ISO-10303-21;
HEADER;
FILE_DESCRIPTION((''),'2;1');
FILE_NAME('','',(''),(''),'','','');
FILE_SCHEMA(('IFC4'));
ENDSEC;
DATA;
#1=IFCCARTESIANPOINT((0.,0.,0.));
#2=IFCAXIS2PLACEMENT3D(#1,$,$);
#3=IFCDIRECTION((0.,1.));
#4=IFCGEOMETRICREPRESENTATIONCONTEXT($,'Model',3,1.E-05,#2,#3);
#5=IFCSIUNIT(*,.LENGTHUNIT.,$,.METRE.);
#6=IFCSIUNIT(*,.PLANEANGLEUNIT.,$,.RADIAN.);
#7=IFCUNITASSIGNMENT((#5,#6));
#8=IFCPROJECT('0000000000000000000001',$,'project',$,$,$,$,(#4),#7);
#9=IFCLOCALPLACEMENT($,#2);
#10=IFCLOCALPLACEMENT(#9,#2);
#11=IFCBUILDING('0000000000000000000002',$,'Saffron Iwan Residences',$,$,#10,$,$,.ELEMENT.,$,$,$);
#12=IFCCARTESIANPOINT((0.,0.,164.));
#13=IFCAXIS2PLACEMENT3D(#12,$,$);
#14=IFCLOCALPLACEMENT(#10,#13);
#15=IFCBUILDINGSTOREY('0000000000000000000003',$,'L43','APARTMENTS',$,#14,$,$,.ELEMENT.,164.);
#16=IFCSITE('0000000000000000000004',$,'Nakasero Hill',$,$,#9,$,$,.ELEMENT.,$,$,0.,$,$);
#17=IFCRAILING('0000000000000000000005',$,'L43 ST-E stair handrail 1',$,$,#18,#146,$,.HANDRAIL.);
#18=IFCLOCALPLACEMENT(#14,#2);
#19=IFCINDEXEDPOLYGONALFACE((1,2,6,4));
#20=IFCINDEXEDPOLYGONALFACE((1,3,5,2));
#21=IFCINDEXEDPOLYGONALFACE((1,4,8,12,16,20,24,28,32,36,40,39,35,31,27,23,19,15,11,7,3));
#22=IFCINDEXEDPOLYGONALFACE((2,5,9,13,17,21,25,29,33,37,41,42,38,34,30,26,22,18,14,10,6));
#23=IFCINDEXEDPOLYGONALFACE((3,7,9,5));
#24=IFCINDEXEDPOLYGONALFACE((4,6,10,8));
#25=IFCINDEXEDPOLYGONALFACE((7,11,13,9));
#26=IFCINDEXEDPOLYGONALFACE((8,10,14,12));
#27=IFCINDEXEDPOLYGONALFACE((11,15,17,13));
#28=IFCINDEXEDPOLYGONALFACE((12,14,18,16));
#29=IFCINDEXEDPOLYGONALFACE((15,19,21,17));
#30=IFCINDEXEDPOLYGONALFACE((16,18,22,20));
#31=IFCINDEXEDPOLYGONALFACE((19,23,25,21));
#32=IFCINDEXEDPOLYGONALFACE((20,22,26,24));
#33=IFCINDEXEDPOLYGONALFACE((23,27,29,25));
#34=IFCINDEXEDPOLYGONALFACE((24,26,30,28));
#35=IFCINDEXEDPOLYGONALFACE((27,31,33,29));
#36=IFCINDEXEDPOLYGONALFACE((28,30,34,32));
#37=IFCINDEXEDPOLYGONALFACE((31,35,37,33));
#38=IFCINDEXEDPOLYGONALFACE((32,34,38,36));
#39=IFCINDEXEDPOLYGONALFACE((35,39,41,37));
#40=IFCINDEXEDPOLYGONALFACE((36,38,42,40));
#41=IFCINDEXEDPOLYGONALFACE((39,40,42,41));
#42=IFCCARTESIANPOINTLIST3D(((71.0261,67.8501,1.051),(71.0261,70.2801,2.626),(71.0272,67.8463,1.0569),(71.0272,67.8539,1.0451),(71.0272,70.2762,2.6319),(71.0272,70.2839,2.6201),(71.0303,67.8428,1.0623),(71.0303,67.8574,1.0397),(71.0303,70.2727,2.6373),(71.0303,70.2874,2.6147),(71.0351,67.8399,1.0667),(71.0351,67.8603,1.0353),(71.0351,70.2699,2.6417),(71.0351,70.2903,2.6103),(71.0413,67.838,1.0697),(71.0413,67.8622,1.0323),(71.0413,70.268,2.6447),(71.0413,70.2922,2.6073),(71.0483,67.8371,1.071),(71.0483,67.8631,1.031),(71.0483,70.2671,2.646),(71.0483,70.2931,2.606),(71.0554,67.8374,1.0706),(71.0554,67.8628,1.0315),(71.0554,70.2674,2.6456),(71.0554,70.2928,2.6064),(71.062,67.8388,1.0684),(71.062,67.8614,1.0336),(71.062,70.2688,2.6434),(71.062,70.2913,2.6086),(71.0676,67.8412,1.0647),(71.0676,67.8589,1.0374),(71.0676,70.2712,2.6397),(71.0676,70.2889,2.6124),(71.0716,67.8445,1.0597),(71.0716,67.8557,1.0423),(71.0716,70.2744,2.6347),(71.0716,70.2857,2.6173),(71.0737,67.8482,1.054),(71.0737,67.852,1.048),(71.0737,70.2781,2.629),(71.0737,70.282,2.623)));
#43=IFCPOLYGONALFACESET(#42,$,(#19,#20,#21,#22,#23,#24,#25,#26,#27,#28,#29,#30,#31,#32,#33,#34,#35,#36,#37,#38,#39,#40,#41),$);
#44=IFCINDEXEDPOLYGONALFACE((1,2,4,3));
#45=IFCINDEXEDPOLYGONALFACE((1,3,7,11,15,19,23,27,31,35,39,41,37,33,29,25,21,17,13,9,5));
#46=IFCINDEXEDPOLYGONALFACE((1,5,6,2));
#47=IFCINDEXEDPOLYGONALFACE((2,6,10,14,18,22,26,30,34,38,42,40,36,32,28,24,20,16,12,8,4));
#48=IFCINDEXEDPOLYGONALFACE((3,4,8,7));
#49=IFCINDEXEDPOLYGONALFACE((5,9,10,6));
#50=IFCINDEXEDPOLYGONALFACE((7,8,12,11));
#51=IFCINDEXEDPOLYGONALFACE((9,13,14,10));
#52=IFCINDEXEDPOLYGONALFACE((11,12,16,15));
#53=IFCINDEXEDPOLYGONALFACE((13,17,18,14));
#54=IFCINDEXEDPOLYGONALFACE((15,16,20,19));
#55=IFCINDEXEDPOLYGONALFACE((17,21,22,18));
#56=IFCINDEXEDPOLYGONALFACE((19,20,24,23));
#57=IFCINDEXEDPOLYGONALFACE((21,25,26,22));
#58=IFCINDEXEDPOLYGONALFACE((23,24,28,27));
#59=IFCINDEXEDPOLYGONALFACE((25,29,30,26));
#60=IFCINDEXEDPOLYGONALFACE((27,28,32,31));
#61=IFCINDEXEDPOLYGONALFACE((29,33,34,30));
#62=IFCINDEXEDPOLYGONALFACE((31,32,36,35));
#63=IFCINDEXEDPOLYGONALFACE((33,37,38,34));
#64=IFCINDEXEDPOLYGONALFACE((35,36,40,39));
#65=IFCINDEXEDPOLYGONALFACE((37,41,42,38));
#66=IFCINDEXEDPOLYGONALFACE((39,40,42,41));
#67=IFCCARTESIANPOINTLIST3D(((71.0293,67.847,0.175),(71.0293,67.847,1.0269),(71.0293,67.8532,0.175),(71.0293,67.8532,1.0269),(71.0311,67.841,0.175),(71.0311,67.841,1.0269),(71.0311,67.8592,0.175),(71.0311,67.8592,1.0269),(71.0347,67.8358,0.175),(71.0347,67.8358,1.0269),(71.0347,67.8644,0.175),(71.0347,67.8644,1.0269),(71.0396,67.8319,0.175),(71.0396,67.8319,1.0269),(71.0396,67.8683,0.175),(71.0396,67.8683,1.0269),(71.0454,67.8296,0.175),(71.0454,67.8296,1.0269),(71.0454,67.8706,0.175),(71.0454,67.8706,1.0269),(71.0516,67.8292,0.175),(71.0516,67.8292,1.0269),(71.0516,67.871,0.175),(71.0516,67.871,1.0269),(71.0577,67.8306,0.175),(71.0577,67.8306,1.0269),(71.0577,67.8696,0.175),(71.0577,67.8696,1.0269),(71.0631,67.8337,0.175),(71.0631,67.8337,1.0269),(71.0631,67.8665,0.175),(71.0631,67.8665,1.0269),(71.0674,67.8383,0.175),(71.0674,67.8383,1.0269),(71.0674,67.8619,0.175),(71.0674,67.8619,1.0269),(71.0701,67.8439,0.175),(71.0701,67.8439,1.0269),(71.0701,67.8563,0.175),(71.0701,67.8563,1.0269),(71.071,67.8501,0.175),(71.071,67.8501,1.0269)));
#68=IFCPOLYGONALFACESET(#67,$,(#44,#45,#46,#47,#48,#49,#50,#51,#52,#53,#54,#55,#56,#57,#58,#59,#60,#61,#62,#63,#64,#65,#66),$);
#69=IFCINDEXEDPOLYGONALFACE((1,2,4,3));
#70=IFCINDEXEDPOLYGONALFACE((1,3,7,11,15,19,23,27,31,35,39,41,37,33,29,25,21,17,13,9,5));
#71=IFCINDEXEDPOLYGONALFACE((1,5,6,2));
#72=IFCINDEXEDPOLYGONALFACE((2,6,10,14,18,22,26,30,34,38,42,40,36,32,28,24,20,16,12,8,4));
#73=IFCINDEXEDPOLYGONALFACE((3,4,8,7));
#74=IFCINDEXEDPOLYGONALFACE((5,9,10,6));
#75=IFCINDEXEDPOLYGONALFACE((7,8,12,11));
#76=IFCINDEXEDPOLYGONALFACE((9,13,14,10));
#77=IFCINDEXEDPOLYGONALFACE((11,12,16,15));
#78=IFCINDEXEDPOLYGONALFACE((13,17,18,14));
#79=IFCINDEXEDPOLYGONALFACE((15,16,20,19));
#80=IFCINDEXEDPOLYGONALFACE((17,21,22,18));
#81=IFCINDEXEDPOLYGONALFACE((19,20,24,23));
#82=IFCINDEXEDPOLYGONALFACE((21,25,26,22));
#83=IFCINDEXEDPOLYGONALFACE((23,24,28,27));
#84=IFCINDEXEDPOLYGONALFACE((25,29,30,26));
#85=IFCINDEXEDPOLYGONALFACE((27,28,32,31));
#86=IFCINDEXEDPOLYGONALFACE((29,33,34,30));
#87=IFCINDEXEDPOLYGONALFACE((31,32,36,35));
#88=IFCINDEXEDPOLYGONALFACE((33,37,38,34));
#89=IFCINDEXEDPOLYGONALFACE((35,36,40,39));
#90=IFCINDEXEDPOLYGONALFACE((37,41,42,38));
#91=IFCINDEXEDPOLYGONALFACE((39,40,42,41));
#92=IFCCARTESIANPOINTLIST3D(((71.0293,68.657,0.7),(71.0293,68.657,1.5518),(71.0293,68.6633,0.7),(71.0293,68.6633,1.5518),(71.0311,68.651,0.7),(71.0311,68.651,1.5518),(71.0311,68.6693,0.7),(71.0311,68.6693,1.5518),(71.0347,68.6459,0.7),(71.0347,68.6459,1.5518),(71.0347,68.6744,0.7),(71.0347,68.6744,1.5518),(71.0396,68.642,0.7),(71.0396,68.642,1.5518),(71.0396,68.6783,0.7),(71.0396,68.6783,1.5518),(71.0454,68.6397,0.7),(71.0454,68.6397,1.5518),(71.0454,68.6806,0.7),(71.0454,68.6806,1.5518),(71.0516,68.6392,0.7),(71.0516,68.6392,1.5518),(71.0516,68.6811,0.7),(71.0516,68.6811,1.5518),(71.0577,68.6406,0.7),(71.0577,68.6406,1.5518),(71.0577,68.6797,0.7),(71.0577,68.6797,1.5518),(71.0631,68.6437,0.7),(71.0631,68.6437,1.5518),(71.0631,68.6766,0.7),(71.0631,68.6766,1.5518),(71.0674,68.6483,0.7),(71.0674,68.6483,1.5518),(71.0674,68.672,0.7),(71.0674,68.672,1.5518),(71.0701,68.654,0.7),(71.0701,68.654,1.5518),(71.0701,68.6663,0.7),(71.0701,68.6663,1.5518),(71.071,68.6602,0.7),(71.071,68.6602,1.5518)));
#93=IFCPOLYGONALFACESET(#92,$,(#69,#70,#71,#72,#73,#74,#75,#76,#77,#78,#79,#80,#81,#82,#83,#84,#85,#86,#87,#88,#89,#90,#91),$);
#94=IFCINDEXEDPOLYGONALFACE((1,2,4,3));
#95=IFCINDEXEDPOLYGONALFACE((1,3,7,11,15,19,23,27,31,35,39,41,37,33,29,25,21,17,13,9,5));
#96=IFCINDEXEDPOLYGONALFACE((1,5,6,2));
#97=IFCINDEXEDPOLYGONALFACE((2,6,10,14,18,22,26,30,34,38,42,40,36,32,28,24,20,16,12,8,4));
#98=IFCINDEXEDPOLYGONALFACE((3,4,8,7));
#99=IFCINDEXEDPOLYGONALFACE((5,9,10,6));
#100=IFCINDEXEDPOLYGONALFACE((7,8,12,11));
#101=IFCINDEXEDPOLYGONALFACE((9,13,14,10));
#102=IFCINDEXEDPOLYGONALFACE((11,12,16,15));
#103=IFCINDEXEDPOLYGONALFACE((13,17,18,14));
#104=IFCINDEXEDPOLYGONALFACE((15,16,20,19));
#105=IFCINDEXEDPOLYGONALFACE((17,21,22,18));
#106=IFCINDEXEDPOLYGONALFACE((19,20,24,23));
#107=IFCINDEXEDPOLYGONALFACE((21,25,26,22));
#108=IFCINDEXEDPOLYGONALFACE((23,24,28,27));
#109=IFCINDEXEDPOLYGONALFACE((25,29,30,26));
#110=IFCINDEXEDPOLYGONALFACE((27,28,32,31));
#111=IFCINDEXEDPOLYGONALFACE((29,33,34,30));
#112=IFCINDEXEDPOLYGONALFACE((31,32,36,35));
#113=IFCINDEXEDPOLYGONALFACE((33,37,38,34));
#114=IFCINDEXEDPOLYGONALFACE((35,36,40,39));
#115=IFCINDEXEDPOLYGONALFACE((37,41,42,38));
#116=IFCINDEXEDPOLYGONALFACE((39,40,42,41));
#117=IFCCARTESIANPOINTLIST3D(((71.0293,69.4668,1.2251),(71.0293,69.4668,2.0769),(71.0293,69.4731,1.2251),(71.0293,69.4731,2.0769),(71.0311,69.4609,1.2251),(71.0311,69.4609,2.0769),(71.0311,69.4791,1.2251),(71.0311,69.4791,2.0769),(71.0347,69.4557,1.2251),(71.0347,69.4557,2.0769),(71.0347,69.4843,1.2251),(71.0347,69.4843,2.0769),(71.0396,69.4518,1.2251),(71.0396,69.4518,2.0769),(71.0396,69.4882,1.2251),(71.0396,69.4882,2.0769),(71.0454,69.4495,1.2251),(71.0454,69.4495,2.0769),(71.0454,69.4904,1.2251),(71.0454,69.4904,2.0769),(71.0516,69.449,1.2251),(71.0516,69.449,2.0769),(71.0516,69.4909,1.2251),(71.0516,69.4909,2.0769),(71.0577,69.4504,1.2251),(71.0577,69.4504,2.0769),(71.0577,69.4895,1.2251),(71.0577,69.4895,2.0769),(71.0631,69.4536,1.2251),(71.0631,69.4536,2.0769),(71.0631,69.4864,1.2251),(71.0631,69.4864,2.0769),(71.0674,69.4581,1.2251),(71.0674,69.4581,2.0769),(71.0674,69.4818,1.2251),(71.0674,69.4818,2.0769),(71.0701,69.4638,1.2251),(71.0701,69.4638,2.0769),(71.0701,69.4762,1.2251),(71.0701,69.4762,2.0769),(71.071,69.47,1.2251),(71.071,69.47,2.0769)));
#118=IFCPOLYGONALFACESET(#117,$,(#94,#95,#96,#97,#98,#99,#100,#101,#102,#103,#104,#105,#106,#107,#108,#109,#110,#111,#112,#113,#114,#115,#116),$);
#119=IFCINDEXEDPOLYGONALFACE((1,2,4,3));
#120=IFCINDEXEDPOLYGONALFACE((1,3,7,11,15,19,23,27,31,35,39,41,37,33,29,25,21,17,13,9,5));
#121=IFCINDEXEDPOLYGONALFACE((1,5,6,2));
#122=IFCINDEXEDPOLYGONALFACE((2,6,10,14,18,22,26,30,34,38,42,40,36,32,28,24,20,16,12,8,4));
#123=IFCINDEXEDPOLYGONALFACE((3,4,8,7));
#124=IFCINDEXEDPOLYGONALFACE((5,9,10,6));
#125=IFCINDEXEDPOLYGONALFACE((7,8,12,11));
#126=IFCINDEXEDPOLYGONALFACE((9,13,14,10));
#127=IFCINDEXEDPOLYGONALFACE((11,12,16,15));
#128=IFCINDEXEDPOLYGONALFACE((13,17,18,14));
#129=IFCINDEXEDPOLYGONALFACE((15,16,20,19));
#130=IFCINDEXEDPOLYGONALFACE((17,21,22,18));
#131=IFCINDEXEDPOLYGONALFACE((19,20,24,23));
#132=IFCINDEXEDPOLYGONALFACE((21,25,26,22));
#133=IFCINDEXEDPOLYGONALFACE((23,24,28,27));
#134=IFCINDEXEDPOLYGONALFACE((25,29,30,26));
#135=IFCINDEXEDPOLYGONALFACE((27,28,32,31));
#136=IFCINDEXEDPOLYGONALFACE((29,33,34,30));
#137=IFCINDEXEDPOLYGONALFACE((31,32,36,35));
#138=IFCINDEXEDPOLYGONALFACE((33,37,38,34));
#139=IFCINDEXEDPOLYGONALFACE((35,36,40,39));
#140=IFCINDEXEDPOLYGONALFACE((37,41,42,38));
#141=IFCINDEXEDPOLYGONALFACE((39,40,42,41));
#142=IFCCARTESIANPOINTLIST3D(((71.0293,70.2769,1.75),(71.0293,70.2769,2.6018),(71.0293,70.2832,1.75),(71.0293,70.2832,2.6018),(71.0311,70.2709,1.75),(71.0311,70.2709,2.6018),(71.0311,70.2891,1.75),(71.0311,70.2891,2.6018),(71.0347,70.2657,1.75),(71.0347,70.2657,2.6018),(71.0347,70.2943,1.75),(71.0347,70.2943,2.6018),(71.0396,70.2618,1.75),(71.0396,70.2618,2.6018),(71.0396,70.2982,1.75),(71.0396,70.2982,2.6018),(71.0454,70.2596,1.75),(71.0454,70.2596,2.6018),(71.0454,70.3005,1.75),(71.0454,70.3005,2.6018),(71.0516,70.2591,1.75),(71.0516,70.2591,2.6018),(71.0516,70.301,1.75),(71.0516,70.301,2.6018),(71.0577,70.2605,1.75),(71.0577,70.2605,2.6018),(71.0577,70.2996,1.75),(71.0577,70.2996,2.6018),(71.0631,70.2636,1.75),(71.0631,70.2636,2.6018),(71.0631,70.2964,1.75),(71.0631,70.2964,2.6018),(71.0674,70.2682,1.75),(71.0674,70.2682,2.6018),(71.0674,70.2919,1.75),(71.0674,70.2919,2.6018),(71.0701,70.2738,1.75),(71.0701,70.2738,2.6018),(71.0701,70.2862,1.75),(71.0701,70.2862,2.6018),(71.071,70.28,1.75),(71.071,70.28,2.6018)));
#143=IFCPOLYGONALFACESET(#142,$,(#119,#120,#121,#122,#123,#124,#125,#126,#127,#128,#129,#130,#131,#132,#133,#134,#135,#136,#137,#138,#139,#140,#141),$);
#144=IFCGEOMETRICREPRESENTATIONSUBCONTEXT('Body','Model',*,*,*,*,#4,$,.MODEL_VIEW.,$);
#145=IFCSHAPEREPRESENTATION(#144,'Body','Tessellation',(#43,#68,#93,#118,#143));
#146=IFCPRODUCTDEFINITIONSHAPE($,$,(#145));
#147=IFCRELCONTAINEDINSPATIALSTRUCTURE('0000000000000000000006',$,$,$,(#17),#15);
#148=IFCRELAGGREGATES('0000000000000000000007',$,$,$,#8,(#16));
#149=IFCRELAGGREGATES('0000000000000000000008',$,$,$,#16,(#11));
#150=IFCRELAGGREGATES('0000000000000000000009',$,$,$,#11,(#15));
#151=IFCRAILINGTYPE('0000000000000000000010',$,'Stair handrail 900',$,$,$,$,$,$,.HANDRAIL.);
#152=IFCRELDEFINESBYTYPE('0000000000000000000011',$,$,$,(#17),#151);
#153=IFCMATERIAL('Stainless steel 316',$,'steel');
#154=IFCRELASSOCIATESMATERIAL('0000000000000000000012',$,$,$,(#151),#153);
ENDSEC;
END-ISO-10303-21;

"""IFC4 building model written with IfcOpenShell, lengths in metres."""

from ifc_helpers import new_model, si_unit, direction, frame, origin, origin_2d, place, context, subcontext, project, spatial, circle, extrude, material, type_object, element, save


model = new_model("IFC4")

# Units and contexts
model_context = context("Model", 3, precision=1e-05, world=origin(), true_north=direction((0.0, 1.0)))
body_context = subcontext(model_context, "Body", "Model", "MODEL_VIEW")
ifc_project = project(units=[si_unit("LENGTHUNIT", "METRE"), si_unit("PLANEANGLEUNIT", "RADIAN")], contexts=[model_context])

# Site, building, storey
site_placement = place(None, origin())
site = spatial("IfcSite", under=ifc_project, at=site_placement, Name="Nakasero Hill", CompositionType="ELEMENT", RefElevation=0.0)
building_placement = place(site_placement, origin())
building = spatial("IfcBuilding", under=site, at=building_placement, Name="Saffron Iwan Residences", CompositionType="ELEMENT")
storey_placement = place(building_placement, frame((0.0, 0.0, 164.0)))
storey = spatial("IfcBuildingStorey", under=building, at=storey_placement, Name="L43", Description="APARTMENTS", CompositionType="ELEMENT", Elevation=164.0)

# Railing
ifc_material_1 = material(Name="Stainless steel 316", Category="steel")
railing_type_1 = type_object("IfcRailingType", Name="Stair handrail 900", PredefinedType="HANDRAIL", material=ifc_material_1)
railing_1_placement = place(storey_placement, frame((71.05, 67.8501, 0.175)))
element("IfcRailing", 1, at=railing_1_placement, inside=storey, type_object=railing_type_1, Name="L43 ST-E stair handrail 1", PredefinedType="HANDRAIL", context=body_context, shape_type="SweptSolid", body=[
    extrude(circle(Radius=0.0239, at=origin_2d()), frame((0.0, 0.0, 0.876), z_axis=(0.0, 0.839154, 0.543894), x_axis=(-1.0, 0.0, 0.0)), (0.0, 0.0, 1.0), 2.8958),
    extrude(circle(Radius=0.021, at=origin_2d()), origin(), (0.0, 0.0, 1.0), 0.8518),
    extrude(circle(Radius=0.021, at=origin_2d()), frame((0.0, 0.8101, 0.5249)), (0.0, 0.0, 1.0), 0.8518),
    extrude(circle(Radius=0.021, at=origin_2d()), frame((0.0, 1.6199, 1.05)), (0.0, 0.0, 1.0), 0.8518),
    extrude(circle(Radius=0.021, at=origin_2d()), frame((0.0, 2.4299, 1.575)), (0.0, 0.0, 1.0), 0.8518),
])

save(model, "model.ifc")
